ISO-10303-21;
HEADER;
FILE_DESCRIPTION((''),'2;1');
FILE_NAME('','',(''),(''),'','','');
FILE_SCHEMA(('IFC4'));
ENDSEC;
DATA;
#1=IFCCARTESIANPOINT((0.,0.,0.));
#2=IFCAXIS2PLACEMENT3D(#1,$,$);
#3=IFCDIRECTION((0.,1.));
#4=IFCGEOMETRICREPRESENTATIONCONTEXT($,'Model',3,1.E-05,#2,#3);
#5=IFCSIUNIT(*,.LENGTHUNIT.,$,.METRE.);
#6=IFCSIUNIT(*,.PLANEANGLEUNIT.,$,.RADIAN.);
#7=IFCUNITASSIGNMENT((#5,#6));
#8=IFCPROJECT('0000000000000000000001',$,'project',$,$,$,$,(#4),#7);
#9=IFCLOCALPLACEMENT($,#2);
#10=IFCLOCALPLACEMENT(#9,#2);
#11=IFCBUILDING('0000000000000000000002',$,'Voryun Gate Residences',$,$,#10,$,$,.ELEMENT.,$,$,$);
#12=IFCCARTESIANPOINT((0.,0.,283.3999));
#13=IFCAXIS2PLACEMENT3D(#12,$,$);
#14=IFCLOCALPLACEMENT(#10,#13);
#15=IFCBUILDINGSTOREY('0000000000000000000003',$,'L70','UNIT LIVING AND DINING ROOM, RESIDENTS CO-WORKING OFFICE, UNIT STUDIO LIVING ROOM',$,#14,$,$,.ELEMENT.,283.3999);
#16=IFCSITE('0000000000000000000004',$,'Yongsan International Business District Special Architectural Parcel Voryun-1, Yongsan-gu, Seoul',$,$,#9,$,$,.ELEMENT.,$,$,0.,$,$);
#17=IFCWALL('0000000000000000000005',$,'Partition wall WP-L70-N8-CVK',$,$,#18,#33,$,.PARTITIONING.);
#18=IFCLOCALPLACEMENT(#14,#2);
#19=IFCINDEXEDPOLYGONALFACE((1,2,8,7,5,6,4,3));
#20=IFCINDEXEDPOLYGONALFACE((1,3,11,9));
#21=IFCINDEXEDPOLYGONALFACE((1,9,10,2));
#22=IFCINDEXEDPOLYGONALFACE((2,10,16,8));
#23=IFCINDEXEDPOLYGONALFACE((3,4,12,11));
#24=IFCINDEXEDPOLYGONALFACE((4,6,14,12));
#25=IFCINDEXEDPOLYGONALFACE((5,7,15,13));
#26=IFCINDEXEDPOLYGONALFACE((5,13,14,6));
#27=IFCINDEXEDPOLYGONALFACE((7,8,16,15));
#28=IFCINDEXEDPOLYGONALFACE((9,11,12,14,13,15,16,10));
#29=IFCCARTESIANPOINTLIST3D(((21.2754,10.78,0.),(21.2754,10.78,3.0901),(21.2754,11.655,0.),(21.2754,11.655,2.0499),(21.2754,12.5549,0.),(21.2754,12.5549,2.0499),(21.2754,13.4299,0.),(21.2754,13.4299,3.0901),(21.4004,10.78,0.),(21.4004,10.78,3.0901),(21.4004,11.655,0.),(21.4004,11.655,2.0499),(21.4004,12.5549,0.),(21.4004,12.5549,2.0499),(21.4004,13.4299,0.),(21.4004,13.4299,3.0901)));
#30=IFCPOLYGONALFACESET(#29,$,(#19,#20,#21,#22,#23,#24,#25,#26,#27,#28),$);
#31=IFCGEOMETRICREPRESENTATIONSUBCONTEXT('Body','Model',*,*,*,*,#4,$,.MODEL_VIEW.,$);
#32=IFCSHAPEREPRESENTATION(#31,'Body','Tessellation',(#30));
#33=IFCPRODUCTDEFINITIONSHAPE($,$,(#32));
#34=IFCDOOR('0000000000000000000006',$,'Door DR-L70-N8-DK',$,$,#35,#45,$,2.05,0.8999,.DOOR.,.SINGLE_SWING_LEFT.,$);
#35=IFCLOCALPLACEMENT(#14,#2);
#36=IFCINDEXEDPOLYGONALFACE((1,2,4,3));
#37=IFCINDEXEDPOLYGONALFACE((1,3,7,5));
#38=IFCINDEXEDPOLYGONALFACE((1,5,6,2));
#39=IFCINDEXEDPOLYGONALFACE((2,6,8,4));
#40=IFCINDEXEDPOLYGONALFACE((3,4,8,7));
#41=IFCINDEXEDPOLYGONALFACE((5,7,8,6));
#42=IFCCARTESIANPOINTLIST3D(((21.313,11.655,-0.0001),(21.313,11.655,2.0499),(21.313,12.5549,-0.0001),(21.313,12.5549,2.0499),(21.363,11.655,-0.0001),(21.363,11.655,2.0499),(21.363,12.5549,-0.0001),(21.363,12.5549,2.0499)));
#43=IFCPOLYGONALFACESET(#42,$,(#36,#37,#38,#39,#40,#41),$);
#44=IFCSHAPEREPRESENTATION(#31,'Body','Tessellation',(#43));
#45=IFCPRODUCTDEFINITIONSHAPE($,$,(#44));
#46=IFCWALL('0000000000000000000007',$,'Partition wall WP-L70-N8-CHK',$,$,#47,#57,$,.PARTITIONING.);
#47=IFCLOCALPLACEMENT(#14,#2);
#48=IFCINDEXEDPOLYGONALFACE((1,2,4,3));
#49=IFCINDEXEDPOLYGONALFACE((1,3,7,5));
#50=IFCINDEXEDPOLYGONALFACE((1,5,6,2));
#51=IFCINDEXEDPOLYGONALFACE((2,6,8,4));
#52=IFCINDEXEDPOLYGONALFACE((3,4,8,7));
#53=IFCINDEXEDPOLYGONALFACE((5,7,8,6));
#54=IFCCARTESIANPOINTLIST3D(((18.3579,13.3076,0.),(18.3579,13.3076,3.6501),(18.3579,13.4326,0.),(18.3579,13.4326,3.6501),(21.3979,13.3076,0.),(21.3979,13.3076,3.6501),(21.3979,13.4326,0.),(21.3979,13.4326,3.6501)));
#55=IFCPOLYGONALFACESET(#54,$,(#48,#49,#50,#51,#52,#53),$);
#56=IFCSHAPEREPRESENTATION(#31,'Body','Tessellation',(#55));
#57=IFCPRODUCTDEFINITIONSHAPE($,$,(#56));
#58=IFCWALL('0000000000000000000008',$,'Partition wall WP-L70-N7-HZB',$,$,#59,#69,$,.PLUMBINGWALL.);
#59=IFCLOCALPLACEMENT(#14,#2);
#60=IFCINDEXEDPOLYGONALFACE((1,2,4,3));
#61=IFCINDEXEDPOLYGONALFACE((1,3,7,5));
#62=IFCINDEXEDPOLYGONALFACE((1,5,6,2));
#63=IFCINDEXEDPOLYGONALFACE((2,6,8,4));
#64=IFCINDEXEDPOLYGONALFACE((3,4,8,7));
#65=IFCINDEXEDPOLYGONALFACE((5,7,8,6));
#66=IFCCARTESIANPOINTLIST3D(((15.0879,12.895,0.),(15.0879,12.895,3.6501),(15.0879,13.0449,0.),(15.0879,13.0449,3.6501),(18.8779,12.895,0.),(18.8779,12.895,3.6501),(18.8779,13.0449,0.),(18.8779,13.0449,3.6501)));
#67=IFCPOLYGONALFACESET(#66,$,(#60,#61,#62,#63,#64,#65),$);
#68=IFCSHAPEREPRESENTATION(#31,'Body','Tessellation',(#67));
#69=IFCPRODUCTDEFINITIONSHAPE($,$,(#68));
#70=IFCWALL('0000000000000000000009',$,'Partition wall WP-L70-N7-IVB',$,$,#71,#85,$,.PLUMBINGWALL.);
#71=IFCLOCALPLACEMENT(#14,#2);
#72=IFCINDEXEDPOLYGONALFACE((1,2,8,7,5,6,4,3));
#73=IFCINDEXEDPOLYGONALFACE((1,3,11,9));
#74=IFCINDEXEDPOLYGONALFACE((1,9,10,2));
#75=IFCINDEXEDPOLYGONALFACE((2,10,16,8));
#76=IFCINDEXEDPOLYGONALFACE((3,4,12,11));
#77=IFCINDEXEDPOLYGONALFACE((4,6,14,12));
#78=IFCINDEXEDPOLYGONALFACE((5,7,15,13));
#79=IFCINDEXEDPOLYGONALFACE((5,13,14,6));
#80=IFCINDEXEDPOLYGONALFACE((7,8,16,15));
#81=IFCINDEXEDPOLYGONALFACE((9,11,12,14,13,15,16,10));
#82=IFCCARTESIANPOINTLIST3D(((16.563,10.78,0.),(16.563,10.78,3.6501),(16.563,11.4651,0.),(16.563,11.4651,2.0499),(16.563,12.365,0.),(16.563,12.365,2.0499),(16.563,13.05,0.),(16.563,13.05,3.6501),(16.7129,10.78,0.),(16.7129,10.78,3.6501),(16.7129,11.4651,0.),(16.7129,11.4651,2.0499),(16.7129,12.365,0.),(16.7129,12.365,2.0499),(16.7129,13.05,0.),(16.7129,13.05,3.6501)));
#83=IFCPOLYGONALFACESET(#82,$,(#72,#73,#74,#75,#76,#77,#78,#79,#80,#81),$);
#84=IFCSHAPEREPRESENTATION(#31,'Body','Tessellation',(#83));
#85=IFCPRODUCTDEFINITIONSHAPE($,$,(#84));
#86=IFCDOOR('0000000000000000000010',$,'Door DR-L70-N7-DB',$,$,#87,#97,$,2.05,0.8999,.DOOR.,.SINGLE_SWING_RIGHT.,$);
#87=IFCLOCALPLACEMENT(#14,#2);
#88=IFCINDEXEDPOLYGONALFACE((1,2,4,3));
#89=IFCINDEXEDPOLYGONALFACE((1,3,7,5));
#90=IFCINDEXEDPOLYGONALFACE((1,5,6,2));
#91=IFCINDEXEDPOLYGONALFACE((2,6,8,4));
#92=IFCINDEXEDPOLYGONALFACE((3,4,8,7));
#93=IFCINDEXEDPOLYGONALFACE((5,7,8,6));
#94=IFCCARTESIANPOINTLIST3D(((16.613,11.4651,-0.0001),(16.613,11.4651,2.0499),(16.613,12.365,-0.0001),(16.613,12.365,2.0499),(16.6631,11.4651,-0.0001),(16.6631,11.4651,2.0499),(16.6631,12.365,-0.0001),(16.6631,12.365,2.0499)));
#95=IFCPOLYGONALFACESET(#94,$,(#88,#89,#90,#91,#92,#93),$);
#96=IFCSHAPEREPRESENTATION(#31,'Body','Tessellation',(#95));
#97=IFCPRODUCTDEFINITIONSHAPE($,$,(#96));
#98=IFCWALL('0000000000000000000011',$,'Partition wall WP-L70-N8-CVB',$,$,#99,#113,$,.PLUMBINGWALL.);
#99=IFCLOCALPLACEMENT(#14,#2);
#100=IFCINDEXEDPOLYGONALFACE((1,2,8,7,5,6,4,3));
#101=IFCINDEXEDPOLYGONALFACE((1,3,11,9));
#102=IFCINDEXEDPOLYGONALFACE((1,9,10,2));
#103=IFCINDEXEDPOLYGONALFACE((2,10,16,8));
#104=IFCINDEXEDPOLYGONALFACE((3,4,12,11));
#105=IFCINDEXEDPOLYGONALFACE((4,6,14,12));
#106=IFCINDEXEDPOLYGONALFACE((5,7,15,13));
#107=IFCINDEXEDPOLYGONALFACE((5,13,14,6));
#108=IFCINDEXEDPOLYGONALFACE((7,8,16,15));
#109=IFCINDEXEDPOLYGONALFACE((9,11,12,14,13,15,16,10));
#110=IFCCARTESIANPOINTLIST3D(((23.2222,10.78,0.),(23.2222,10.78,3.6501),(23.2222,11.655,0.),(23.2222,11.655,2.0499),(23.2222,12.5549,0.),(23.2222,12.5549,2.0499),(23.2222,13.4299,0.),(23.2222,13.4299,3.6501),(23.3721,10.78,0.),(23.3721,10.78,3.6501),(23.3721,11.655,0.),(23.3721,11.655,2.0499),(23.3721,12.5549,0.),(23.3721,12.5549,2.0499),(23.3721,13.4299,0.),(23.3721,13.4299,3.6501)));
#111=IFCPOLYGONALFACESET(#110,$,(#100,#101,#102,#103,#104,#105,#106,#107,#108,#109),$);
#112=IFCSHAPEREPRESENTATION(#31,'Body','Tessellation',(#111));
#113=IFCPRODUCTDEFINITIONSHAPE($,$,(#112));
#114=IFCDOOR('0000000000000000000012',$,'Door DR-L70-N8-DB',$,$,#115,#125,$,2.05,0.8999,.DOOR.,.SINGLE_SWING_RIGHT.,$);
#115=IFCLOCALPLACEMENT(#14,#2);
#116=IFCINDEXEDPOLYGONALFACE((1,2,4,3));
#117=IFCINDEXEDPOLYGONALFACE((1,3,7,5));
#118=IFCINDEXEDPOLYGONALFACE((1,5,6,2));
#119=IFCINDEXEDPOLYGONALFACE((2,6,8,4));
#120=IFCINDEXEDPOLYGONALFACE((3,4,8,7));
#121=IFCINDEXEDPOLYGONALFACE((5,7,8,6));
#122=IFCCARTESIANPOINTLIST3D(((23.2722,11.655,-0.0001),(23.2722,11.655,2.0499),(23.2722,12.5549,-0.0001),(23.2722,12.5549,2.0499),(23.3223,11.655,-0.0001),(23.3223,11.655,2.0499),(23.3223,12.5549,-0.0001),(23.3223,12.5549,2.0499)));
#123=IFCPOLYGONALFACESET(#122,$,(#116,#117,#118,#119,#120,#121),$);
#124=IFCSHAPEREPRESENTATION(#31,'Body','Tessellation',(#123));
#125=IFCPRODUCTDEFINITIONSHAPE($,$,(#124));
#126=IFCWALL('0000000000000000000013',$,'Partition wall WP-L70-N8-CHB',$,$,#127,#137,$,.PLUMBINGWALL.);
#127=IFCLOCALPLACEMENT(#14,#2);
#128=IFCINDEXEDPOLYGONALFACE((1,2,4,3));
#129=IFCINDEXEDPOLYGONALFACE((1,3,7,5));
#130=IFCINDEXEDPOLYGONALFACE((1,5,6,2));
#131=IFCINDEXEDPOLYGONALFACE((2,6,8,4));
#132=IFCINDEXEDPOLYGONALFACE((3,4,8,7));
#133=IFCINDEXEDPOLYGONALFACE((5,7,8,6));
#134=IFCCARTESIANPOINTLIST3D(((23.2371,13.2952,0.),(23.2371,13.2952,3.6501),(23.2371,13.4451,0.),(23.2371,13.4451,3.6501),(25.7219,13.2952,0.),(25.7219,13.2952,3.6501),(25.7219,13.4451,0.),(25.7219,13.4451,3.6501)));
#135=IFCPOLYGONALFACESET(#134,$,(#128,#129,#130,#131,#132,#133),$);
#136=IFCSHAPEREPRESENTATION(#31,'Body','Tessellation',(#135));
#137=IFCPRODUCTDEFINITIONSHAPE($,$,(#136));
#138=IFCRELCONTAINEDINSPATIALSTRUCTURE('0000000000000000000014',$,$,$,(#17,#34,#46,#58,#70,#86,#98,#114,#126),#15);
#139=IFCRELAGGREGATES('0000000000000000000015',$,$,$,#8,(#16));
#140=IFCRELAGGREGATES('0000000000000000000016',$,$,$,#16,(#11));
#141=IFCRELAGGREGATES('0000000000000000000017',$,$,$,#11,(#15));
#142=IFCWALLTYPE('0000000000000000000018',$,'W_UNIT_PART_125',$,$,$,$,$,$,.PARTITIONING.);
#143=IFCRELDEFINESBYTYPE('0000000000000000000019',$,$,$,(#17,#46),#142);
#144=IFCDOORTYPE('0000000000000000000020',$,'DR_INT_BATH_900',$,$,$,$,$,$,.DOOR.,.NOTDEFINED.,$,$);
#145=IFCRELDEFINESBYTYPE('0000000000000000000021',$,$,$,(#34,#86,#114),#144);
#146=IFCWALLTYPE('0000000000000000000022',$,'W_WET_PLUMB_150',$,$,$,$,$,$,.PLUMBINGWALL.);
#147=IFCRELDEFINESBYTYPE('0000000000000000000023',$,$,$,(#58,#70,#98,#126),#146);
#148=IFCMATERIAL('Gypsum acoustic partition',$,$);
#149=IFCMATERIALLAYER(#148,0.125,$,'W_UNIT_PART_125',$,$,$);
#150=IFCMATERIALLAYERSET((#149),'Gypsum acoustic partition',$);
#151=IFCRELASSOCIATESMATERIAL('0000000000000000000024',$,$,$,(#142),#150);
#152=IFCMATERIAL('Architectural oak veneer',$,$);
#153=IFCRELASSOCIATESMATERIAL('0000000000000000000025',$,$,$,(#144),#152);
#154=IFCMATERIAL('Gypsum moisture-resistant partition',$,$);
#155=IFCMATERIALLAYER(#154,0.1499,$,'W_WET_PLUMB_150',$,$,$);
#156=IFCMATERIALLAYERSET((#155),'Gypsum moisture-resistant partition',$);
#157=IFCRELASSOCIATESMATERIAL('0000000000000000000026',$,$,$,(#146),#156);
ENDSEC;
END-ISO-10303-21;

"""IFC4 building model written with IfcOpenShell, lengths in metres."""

from ifc_helpers import new_model, si_unit, direction, frame, frame_2d, origin, place, context, subcontext, project, spatial, rectangle, extrude, material, layer, layer_set, type_object, element, fill, save


model = new_model("IFC4")

# Units and contexts
model_context = context("Model", 3, precision=1e-05, world=origin(), true_north=direction((0.0, 1.0)))
body_context = subcontext(model_context, "Body", "Model", "MODEL_VIEW")
ifc_project = project(units=[si_unit("LENGTHUNIT", "METRE"), si_unit("PLANEANGLEUNIT", "RADIAN")], contexts=[model_context])

# Site, building, storey
site_placement = place(None, origin())
site = spatial("IfcSite", under=ifc_project, at=site_placement, Name="Yongsan International Business District Special Architectural Parcel Voryun-1, Yongsan-gu, Seoul", CompositionType="ELEMENT", RefElevation=0.0)
building_placement = place(site_placement, origin())
building = spatial("IfcBuilding", under=site, at=building_placement, Name="Voryun Gate Residences", CompositionType="ELEMENT")
storey_placement = place(building_placement, frame((0.0, 0.0, 283.3999)))
storey = spatial("IfcBuildingStorey", under=building, at=storey_placement, Name="L70", Description="UNIT LIVING AND DINING ROOM, RESIDENTS CO-WORKING OFFICE, UNIT STUDIO LIVING ROOM", CompositionType="ELEMENT", Elevation=283.3999)

# Wall, opening, door
ifc_material_1 = material(Name="Gypsum acoustic partition")
ifc_layer_1 = layer(ifc_material_1, 0.125, Name="W_UNIT_PART_125")
ifc_layer_set_1 = layer_set([ifc_layer_1], Name="Gypsum acoustic partition")
wall_type_1 = type_object("IfcWallType", Name="W_UNIT_PART_125", PredefinedType="PARTITIONING", material=ifc_layer_set_1)
ifc_material_2 = material(Name="Architectural oak veneer")
door_type_1 = type_object("IfcDoorType", Name="DR_INT_BATH_900", OperationType="NOTDEFINED", PredefinedType="DOOR", material=ifc_material_2)
wall_1_placement = place(storey_placement, frame((21.3379, 10.78, 0.0), z_axis=(0.0, 0.0, 1.0), x_axis=(0.0, 1.0, 0.0)))
wall_1 = element("IfcWall", 1, at=wall_1_placement, inside=storey, type_object=wall_type_1, Name="Partition wall WP-L70-N8-CVK", PredefinedType="PARTITIONING", context=body_context, shape_type="SweptSolid", body=[
    extrude(rectangle(XDim=2.6499, YDim=0.125, at=frame_2d((1.325, 0.0))), origin(), (0.0, 0.0, 1.0), 3.0901),
])
opening_1_placement = place(wall_1_placement, frame((0.875, 0.0, 0.0)))
opening_1 = element("IfcOpeningElement", 2, at=opening_1_placement, cuts=wall_1, PredefinedType="OPENING", context=body_context, shape_type="SweptSolid", body=[
    extrude(rectangle(XDim=0.8999, YDim=2.05, at=frame_2d((0.45, 1.0249))), frame((0.0, 0.0725, 0.0), z_axis=(0.0, -1.0, 0.0), x_axis=(1.0, 0.0, 0.0)), (0.0, 0.0, 1.0), 0.145),
])
door_1_placement = place(opening_1_placement, origin())
door_1 = element("IfcDoor", 3, at=door_1_placement, inside=storey, type_object=door_type_1, Name="Door DR-L70-N8-DK", OperationType="SINGLE_SWING_LEFT", OverallHeight=2.05, OverallWidth=0.8999, PredefinedType="DOOR", context=body_context, shape_type="SweptSolid", body=[
    extrude(rectangle(XDim=0.8999, YDim=2.05, at=frame_2d((0.45, 1.0249))), frame((0.0, 0.0249, 0.0), z_axis=(0.0, -1.0, 0.0), x_axis=(1.0, 0.0, 0.0)), (0.0, 0.0, 1.0), 0.05),
])
fill(opening_1, door_1)

# Walls
wall_2_placement = place(storey_placement, frame((18.3579, 13.3701, 0.0), z_axis=(0.0, 0.0, 1.0), x_axis=(1.0, 0.0, 0.0)))
element("IfcWall", 4, at=wall_2_placement, inside=storey, type_object=wall_type_1, Name="Partition wall WP-L70-N8-CHK", PredefinedType="PARTITIONING", context=body_context, shape_type="SweptSolid", body=[
    extrude(rectangle(XDim=3.04, YDim=0.125, at=frame_2d((1.52, 0.0))), origin(), (0.0, 0.0, 1.0), 3.6501),
])
ifc_material_3 = material(Name="Gypsum moisture-resistant partition")
ifc_layer_2 = layer(ifc_material_3, 0.1499, Name="W_WET_PLUMB_150")
ifc_layer_set_2 = layer_set([ifc_layer_2], Name="Gypsum moisture-resistant partition")
wall_type_2 = type_object("IfcWallType", Name="W_WET_PLUMB_150", PredefinedType="PLUMBINGWALL", material=ifc_layer_set_2)
wall_3_placement = place(storey_placement, frame((15.0879, 12.97, 0.0), z_axis=(0.0, 0.0, 1.0), x_axis=(1.0, 0.0, 0.0)))
element("IfcWall", 5, at=wall_3_placement, inside=storey, type_object=wall_type_2, Name="Partition wall WP-L70-N7-HZB", PredefinedType="PLUMBINGWALL", context=body_context, shape_type="SweptSolid", body=[
    extrude(rectangle(XDim=3.79, YDim=0.1499, at=frame_2d((1.895, 0.0))), origin(), (0.0, 0.0, 1.0), 3.6501),
])

# Walls, openings, doors
wall_4_placement = place(storey_placement, frame((16.6379, 10.78, 0.0), z_axis=(0.0, 0.0, 1.0), x_axis=(0.0, 1.0, 0.0)))
wall_4 = element("IfcWall", 6, at=wall_4_placement, inside=storey, type_object=wall_type_2, Name="Partition wall WP-L70-N7-IVB", PredefinedType="PLUMBINGWALL", context=body_context, shape_type="SweptSolid", body=[
    extrude(rectangle(XDim=2.27, YDim=0.1499, at=frame_2d((1.135, 0.0))), origin(), (0.0, 0.0, 1.0), 3.6501),
])
opening_2_placement = place(wall_4_placement, frame((0.6851, 0.0, 0.0)))
opening_2 = element("IfcOpeningElement", 7, at=opening_2_placement, cuts=wall_4, PredefinedType="OPENING", context=body_context, shape_type="SweptSolid", body=[
    extrude(rectangle(XDim=0.8999, YDim=2.05, at=frame_2d((0.45, 1.0249))), frame((0.0, 0.085, 0.0), z_axis=(0.0, -1.0, 0.0), x_axis=(1.0, 0.0, 0.0)), (0.0, 0.0, 1.0), 0.1699),
])
door_2_placement = place(opening_2_placement, origin())
door_2 = element("IfcDoor", 8, at=door_2_placement, inside=storey, type_object=door_type_1, Name="Door DR-L70-N7-DB", OperationType="SINGLE_SWING_RIGHT", OverallHeight=2.05, OverallWidth=0.8999, PredefinedType="DOOR", context=body_context, shape_type="SweptSolid", body=[
    extrude(rectangle(XDim=0.8999, YDim=2.05, at=frame_2d((0.45, 1.0249))), frame((0.0, 0.0249, 0.0), z_axis=(0.0, -1.0, 0.0), x_axis=(1.0, 0.0, 0.0)), (0.0, 0.0, 1.0), 0.05),
])
fill(opening_2, door_2)
wall_5_placement = place(storey_placement, frame((23.2971, 10.78, 0.0), z_axis=(0.0, 0.0, 1.0), x_axis=(0.0, 1.0, 0.0)))
wall_5 = element("IfcWall", 9, at=wall_5_placement, inside=storey, type_object=wall_type_2, Name="Partition wall WP-L70-N8-CVB", PredefinedType="PLUMBINGWALL", context=body_context, shape_type="SweptSolid", body=[
    extrude(rectangle(XDim=2.6499, YDim=0.1499, at=frame_2d((1.325, 0.0))), origin(), (0.0, 0.0, 1.0), 3.6501),
])
opening_3_placement = place(wall_5_placement, frame((0.875, 0.0, 0.0)))
opening_3 = element("IfcOpeningElement", 10, at=opening_3_placement, cuts=wall_5, PredefinedType="OPENING", context=body_context, shape_type="SweptSolid", body=[
    extrude(rectangle(XDim=0.8999, YDim=2.05, at=frame_2d((0.45, 1.0249))), frame((0.0, 0.085, 0.0), z_axis=(0.0, -1.0, 0.0), x_axis=(1.0, 0.0, 0.0)), (0.0, 0.0, 1.0), 0.1699),
])
door_3_placement = place(opening_3_placement, origin())
door_3 = element("IfcDoor", 11, at=door_3_placement, inside=storey, type_object=door_type_1, Name="Door DR-L70-N8-DB", OperationType="SINGLE_SWING_RIGHT", OverallHeight=2.05, OverallWidth=0.8999, PredefinedType="DOOR", context=body_context, shape_type="SweptSolid", body=[
    extrude(rectangle(XDim=0.8999, YDim=2.05, at=frame_2d((0.45, 1.0249))), frame((0.0, 0.0249, 0.0), z_axis=(0.0, -1.0, 0.0), x_axis=(1.0, 0.0, 0.0)), (0.0, 0.0, 1.0), 0.05),
])
fill(opening_3, door_3)

# Wall
wall_6_placement = place(storey_placement, frame((23.2371, 13.3701, 0.0), z_axis=(0.0, 0.0, 1.0), x_axis=(1.0, 0.0, 0.0)))
element("IfcWall", 12, at=wall_6_placement, inside=storey, type_object=wall_type_2, Name="Partition wall WP-L70-N8-CHB", PredefinedType="PLUMBINGWALL", context=body_context, shape_type="SweptSolid", body=[
    extrude(rectangle(XDim=2.4849, YDim=0.1499, at=frame_2d((1.2424, 0.0))), origin(), (0.0, 0.0, 1.0), 3.6501),
])

save(model, "model.ifc")
